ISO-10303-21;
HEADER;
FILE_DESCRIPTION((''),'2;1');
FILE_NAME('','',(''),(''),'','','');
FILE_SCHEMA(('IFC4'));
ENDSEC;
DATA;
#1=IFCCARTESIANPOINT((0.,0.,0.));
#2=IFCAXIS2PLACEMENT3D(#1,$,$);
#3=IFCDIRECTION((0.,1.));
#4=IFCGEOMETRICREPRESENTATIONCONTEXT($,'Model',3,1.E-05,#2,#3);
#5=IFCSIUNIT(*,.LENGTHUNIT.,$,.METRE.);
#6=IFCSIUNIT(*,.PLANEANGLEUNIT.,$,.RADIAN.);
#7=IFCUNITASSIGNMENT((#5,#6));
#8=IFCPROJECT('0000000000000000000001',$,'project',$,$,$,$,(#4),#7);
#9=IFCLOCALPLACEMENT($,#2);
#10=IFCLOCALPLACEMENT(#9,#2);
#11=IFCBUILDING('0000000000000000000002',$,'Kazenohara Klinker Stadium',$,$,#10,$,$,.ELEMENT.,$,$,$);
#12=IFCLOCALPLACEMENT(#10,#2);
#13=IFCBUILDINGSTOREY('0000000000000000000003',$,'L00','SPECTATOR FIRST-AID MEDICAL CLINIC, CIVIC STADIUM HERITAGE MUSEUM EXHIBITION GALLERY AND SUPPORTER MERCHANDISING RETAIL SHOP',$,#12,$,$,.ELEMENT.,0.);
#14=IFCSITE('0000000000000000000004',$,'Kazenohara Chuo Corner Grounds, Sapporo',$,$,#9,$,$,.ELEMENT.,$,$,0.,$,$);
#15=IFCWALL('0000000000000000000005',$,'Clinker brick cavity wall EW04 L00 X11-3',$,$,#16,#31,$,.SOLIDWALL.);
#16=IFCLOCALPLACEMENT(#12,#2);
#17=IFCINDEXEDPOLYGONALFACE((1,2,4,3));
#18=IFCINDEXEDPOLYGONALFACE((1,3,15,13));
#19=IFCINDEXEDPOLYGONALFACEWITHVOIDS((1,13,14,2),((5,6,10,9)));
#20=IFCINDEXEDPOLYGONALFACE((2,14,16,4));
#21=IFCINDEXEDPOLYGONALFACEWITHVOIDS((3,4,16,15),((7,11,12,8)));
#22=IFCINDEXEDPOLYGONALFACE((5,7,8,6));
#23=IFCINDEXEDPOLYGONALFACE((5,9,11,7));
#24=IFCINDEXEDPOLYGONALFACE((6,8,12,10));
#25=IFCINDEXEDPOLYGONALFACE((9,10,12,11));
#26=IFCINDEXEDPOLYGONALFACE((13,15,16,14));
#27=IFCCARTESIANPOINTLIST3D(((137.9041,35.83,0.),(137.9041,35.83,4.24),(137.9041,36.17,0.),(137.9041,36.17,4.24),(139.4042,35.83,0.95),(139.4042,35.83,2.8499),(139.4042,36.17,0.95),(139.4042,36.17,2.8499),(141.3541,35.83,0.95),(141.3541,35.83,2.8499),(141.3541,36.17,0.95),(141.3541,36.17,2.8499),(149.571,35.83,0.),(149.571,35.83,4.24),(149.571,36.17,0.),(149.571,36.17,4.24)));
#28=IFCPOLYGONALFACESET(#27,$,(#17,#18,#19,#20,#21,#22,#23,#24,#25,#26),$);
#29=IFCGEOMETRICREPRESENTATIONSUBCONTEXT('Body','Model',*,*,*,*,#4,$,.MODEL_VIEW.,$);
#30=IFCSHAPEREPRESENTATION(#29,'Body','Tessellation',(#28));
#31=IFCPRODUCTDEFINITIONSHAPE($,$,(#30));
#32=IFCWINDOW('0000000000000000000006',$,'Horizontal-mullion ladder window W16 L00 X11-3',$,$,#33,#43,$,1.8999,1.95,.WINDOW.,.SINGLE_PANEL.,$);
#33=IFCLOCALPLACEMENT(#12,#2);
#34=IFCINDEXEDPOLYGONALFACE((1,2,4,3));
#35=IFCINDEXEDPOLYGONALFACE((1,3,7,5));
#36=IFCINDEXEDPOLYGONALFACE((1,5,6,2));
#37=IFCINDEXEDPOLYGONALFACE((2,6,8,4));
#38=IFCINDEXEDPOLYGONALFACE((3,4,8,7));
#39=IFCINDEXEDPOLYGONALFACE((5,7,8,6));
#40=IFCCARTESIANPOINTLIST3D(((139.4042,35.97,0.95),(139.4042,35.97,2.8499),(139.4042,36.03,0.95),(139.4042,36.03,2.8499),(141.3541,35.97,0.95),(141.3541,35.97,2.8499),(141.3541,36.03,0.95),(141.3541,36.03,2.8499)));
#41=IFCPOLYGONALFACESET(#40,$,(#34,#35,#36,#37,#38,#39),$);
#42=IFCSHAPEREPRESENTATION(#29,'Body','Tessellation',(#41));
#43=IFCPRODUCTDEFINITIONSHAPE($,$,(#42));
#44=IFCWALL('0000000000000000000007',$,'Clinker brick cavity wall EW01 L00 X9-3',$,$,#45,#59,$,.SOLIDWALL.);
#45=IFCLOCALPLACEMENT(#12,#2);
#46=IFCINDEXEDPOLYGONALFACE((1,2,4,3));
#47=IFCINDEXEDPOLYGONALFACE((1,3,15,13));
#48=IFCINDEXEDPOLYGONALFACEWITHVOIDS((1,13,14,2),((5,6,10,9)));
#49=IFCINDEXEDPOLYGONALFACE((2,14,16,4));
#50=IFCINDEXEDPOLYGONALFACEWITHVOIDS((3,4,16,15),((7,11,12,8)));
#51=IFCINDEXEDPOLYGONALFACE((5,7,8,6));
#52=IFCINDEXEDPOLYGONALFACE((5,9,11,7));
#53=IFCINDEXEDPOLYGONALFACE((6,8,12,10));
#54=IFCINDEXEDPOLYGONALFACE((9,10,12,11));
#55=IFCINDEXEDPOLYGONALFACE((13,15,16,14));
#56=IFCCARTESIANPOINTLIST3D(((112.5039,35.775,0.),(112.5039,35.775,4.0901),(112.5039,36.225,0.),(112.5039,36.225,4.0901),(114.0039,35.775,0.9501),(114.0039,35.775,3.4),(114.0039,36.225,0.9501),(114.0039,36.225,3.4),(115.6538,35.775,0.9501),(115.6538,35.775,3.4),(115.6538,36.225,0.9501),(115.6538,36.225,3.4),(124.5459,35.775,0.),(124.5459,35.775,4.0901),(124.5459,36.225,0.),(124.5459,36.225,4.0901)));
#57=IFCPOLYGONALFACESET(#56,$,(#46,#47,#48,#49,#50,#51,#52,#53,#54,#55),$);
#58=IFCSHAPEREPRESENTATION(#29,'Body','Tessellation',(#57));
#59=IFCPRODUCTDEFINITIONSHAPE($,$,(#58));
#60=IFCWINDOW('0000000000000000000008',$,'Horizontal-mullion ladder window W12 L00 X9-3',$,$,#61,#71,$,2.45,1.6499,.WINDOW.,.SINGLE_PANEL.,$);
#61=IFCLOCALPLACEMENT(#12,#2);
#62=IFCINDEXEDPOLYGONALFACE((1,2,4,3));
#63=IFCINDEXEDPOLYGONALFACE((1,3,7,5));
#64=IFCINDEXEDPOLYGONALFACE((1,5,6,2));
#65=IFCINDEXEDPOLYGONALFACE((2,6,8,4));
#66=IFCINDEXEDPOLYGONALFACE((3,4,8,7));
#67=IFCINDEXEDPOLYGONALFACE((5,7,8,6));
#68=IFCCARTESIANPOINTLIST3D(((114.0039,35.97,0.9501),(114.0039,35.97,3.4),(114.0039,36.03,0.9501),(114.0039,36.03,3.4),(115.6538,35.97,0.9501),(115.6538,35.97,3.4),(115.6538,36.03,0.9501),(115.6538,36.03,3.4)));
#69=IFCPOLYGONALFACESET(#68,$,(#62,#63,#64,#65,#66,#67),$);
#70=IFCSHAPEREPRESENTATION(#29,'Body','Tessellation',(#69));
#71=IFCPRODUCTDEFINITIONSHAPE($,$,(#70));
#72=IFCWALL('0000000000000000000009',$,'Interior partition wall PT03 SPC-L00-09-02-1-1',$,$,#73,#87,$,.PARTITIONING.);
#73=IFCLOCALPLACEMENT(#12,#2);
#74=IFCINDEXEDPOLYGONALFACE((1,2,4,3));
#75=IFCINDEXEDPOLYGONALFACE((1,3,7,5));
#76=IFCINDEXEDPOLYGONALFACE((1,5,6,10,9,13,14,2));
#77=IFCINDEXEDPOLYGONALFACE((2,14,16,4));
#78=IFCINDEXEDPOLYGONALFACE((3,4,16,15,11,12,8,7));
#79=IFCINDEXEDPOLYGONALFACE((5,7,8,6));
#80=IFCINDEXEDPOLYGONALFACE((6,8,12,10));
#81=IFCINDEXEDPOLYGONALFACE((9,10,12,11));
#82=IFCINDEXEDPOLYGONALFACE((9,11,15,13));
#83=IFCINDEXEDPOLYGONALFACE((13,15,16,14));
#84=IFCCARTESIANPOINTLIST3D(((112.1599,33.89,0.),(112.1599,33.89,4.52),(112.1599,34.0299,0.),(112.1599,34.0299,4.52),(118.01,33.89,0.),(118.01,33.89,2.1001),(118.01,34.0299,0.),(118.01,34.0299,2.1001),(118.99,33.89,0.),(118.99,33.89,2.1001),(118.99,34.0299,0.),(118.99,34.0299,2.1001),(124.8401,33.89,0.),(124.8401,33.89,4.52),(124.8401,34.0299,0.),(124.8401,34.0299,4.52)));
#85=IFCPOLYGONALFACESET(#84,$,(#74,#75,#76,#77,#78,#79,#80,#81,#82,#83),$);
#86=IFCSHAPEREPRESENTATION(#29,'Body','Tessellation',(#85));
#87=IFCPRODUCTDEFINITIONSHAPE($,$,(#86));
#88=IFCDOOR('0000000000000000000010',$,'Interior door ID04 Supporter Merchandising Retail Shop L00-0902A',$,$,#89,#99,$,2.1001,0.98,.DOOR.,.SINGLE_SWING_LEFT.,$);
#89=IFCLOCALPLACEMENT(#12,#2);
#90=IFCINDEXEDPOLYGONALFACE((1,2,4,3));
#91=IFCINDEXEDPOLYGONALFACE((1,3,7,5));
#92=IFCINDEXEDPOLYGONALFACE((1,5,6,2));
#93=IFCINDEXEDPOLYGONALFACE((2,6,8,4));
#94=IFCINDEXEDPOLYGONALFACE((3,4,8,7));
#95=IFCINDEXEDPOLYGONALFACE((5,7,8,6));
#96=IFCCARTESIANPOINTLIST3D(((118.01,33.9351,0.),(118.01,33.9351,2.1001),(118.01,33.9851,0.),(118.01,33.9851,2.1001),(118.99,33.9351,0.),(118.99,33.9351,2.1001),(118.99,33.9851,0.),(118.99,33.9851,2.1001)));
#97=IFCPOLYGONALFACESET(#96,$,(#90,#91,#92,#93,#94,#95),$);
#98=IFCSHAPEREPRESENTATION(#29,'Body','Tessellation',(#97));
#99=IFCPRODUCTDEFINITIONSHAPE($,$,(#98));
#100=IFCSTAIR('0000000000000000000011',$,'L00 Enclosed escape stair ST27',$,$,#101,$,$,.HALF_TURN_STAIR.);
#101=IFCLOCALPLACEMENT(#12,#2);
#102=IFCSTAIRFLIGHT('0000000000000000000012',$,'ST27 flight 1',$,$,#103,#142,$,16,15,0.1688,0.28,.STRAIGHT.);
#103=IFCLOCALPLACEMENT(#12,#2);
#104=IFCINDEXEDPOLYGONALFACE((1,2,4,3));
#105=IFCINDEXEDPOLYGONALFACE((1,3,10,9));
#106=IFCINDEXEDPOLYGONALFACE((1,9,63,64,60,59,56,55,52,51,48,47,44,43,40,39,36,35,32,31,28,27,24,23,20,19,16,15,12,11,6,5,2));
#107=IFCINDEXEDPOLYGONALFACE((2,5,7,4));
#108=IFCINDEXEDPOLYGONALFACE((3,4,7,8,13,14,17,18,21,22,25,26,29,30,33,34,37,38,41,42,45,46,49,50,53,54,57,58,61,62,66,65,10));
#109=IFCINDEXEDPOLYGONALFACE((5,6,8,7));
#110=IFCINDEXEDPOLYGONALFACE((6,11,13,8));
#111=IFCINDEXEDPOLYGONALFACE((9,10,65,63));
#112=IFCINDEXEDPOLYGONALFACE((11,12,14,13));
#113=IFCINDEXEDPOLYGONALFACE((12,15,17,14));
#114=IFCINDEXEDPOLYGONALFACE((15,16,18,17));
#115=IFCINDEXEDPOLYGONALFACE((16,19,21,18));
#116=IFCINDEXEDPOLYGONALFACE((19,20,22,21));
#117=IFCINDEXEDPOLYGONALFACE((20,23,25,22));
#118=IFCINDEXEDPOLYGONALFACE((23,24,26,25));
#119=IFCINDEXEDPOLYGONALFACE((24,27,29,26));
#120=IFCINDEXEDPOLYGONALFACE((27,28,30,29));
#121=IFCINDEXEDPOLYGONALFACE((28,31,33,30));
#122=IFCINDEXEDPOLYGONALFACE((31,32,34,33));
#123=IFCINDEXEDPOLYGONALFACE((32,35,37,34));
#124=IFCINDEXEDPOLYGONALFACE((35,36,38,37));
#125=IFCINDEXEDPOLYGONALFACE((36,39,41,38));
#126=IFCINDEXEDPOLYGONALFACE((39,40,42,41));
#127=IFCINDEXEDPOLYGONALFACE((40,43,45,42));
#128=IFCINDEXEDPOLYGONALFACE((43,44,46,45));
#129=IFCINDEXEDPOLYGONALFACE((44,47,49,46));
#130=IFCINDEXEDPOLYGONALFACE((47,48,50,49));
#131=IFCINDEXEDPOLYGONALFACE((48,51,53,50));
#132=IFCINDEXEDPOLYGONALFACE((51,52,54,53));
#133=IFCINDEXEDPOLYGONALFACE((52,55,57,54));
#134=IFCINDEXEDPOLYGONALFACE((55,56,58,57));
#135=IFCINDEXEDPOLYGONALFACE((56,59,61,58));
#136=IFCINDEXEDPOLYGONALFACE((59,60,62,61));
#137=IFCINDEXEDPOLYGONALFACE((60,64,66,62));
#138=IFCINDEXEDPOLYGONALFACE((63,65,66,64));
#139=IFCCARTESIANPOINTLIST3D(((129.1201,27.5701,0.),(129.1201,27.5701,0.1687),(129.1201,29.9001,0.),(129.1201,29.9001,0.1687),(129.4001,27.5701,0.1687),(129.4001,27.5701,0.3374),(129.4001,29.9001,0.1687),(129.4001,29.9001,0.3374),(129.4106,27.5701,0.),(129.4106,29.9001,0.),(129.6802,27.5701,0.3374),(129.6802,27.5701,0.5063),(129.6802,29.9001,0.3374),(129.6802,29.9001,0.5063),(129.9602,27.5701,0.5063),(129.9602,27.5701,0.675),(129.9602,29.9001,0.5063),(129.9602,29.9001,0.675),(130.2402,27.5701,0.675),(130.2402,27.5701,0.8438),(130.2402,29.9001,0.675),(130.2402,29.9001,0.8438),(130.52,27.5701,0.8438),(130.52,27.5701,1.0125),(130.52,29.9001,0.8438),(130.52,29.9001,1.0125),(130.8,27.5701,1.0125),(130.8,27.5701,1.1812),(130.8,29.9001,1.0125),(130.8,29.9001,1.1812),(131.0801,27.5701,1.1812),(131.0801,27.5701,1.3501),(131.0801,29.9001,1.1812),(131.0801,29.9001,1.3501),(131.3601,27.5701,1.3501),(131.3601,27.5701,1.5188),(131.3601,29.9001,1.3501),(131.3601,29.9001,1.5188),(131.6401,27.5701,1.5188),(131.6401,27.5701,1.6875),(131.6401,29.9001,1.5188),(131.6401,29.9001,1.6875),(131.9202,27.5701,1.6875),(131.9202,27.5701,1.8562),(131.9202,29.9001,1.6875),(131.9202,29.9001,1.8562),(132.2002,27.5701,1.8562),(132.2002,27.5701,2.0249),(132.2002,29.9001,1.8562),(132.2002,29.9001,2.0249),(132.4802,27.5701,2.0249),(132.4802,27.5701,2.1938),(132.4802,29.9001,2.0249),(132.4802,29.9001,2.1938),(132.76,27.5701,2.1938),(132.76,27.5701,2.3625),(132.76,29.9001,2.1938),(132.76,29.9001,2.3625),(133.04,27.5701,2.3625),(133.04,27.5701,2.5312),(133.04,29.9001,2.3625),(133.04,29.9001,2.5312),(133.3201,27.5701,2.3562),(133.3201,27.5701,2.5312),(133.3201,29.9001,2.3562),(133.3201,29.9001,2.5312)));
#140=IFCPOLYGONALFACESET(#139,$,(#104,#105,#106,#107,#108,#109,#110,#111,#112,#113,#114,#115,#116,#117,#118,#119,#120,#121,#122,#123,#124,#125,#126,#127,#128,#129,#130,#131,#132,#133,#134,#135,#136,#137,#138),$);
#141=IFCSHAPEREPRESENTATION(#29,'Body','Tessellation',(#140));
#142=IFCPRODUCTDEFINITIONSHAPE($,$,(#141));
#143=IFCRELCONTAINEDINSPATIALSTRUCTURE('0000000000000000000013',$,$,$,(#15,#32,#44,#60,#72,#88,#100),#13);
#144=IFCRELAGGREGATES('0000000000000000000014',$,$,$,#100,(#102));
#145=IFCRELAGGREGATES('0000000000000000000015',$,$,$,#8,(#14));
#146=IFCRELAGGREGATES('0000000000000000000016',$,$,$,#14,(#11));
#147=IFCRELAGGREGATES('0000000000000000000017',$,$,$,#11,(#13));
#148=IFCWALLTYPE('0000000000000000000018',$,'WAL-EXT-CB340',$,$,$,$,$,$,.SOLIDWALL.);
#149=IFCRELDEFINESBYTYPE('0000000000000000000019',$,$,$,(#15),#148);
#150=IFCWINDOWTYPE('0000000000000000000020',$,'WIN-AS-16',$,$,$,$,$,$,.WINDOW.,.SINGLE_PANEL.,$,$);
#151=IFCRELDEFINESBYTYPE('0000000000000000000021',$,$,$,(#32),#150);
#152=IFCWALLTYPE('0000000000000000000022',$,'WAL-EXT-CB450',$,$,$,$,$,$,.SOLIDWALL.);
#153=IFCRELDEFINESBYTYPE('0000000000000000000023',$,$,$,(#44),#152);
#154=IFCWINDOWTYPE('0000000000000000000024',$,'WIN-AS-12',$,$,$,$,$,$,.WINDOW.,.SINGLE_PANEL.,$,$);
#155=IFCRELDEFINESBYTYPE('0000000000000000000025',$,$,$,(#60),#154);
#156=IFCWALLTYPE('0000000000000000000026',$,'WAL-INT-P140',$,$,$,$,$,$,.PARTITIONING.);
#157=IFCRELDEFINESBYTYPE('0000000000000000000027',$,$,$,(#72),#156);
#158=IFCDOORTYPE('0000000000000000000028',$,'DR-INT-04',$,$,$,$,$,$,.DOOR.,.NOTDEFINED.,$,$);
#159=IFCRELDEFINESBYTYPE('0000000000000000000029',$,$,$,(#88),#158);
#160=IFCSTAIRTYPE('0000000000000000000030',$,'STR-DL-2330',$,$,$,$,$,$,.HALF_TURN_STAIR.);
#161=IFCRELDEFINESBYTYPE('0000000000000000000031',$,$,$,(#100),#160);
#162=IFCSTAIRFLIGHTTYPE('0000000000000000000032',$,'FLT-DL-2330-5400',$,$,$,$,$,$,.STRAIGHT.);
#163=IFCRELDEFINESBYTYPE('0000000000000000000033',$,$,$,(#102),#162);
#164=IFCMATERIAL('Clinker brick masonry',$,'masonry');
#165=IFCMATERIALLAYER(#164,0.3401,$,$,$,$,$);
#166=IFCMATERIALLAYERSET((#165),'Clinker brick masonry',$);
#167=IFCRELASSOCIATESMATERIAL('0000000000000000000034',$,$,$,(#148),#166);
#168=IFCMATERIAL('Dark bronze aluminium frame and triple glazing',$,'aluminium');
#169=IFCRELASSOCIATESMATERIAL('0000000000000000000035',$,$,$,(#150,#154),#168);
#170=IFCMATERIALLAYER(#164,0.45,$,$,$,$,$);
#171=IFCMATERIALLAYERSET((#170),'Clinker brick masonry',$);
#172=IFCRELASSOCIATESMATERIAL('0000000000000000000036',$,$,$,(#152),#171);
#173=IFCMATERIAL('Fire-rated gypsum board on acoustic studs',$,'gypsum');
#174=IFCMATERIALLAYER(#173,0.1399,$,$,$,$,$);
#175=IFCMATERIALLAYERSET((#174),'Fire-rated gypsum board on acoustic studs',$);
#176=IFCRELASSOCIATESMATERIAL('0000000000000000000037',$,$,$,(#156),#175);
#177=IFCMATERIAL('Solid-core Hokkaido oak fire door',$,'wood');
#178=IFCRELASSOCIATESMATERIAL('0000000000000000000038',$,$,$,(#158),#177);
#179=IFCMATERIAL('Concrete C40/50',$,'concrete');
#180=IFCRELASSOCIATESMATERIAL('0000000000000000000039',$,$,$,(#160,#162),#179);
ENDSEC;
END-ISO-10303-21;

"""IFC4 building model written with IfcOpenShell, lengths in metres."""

from ifc_helpers import new_model, si_unit, direction, frame, frame_2d, origin, place, context, subcontext, project, spatial, polyline, rectangle, outline, extrude, material, layer, layer_set, type_object, element, fill, aggregate, save


model = new_model("IFC4")

# Units and contexts
model_context = context("Model", 3, precision=1e-05, world=origin(), true_north=direction((0.0, 1.0)))
body_context = subcontext(model_context, "Body", "Model", "MODEL_VIEW")
ifc_project = project(units=[si_unit("LENGTHUNIT", "METRE"), si_unit("PLANEANGLEUNIT", "RADIAN")], contexts=[model_context])

# Site, building, storey
site_placement = place(None, origin())
site = spatial("IfcSite", under=ifc_project, at=site_placement, Name="Kazenohara Chuo Corner Grounds, Sapporo", CompositionType="ELEMENT", RefElevation=0.0)
building_placement = place(site_placement, origin())
building = spatial("IfcBuilding", under=site, at=building_placement, Name="Kazenohara Klinker Stadium", CompositionType="ELEMENT")
storey_placement = place(building_placement, origin())
storey = spatial("IfcBuildingStorey", under=building, at=storey_placement, Name="L00", Description="SPECTATOR FIRST-AID MEDICAL CLINIC, CIVIC STADIUM HERITAGE MUSEUM EXHIBITION GALLERY AND SUPPORTER MERCHANDISING RETAIL SHOP", CompositionType="ELEMENT", Elevation=0.0)

# Shared definitions
ifc_material_1 = material(Name="Concrete C40/50", Category="concrete")

# Walls, openings, windows
ifc_material_2 = material(Name="Clinker brick masonry", Category="masonry")
ifc_material_3 = material(Name="Dark bronze aluminium frame and triple glazing", Category="aluminium")
ifc_layer_1 = layer(ifc_material_2, 0.3401)
ifc_layer_set_1 = layer_set([ifc_layer_1], Name="Clinker brick masonry")
wall_type_1 = type_object("IfcWallType", Name="WAL-EXT-CB340", PredefinedType="SOLIDWALL", material=ifc_layer_set_1)
wall_1_placement = place(storey_placement, frame((137.9041, 36.0, 0.0), z_axis=(0.0, 0.0, 1.0), x_axis=(1.0, 0.0, 0.0)))
wall_1 = element("IfcWall", 1, at=wall_1_placement, inside=storey, type_object=wall_type_1, Name="Clinker brick cavity wall EW04 L00 X11-3", PredefinedType="SOLIDWALL", context=body_context, shape_type="SweptSolid", body=[
    extrude(rectangle(XDim=11.667, YDim=0.3401, at=frame_2d((5.8335, 0.0))), origin(), (0.0, 0.0, 1.0), 4.24),
])
opening_1_placement = place(wall_1_placement, frame((1.5, 0.0, 0.95)))
opening_1 = element("IfcOpeningElement", 2, at=opening_1_placement, cuts=wall_1, PredefinedType="OPENING", context=body_context, shape_type="SweptSolid", body=[
    extrude(rectangle(XDim=1.95, YDim=1.8999, at=frame_2d((0.9751, 0.95))), frame((0.0, 0.1802, 0.0), z_axis=(0.0, -1.0, 0.0), x_axis=(1.0, 0.0, 0.0)), (0.0, 0.0, 1.0), 0.3601),
])
window_type_1 = type_object("IfcWindowType", Name="WIN-AS-16", PartitioningType="SINGLE_PANEL", PredefinedType="WINDOW", material=ifc_material_3)
window_1_placement = place(opening_1_placement, origin())
window_1 = element("IfcWindow", 3, at=window_1_placement, inside=storey, type_object=window_type_1, Name="Horizontal-mullion ladder window W16 L00 X11-3", OverallHeight=1.8999, OverallWidth=1.95, PartitioningType="SINGLE_PANEL", PredefinedType="WINDOW", context=body_context, shape_type="SweptSolid", body=[
    extrude(rectangle(XDim=1.95, YDim=1.8999, at=frame_2d((0.9751, 0.95))), frame((0.0, 0.03, 0.0), z_axis=(0.0, -1.0, 0.0), x_axis=(1.0, 0.0, 0.0)), (0.0, 0.0, 1.0), 0.0601),
])
fill(opening_1, window_1)
ifc_layer_2 = layer(ifc_material_2, 0.45)
ifc_layer_set_2 = layer_set([ifc_layer_2], Name="Clinker brick masonry")
wall_type_2 = type_object("IfcWallType", Name="WAL-EXT-CB450", PredefinedType="SOLIDWALL", material=ifc_layer_set_2)
wall_2_placement = place(storey_placement, frame((112.5039, 36.0, 0.0), z_axis=(0.0, 0.0, 1.0), x_axis=(1.0, 0.0, 0.0)))
wall_2 = element("IfcWall", 4, at=wall_2_placement, inside=storey, type_object=wall_type_2, Name="Clinker brick cavity wall EW01 L00 X9-3", PredefinedType="SOLIDWALL", context=body_context, shape_type="SweptSolid", body=[
    extrude(rectangle(XDim=12.042, YDim=0.45, at=frame_2d((6.021, 0.0))), origin(), (0.0, 0.0, 1.0), 4.0901),
])
opening_2_placement = place(wall_2_placement, frame((1.5, 0.0, 0.95)))
opening_2 = element("IfcOpeningElement", 5, at=opening_2_placement, cuts=wall_2, PredefinedType="OPENING", context=body_context, shape_type="SweptSolid", body=[
    extrude(rectangle(XDim=1.6499, YDim=2.45, at=frame_2d((0.825, 1.2251))), frame((0.0, 0.2349, 0.0), z_axis=(0.0, -1.0, 0.0), x_axis=(1.0, 0.0, 0.0)), (0.0, 0.0, 1.0), 0.47),
])
window_type_2 = type_object("IfcWindowType", Name="WIN-AS-12", PartitioningType="SINGLE_PANEL", PredefinedType="WINDOW", material=ifc_material_3)
window_2_placement = place(opening_2_placement, origin())
window_2 = element("IfcWindow", 6, at=window_2_placement, inside=storey, type_object=window_type_2, Name="Horizontal-mullion ladder window W12 L00 X9-3", OverallHeight=2.45, OverallWidth=1.6499, PartitioningType="SINGLE_PANEL", PredefinedType="WINDOW", context=body_context, shape_type="SweptSolid", body=[
    extrude(rectangle(XDim=1.6499, YDim=2.45, at=frame_2d((0.825, 1.2251))), frame((0.0, 0.03, 0.0), z_axis=(0.0, -1.0, 0.0), x_axis=(1.0, 0.0, 0.0)), (0.0, 0.0, 1.0), 0.0601),
])
fill(opening_2, window_2)

# Wall, opening, door
ifc_material_4 = material(Name="Fire-rated gypsum board on acoustic studs", Category="gypsum")
ifc_layer_3 = layer(ifc_material_4, 0.1399)
ifc_layer_set_3 = layer_set([ifc_layer_3], Name="Fire-rated gypsum board on acoustic studs")
wall_type_3 = type_object("IfcWallType", Name="WAL-INT-P140", PredefinedType="PARTITIONING", material=ifc_layer_set_3)
wall_3_placement = place(storey_placement, frame((112.1599, 33.96, 0.0), z_axis=(0.0, 0.0, 1.0), x_axis=(1.0, 0.0, 0.0)))
wall_3 = element("IfcWall", 7, at=wall_3_placement, inside=storey, type_object=wall_type_3, Name="Interior partition wall PT03 SPC-L00-09-02-1-1", PredefinedType="PARTITIONING", context=body_context, shape_type="SweptSolid", body=[
    extrude(rectangle(XDim=12.6802, YDim=0.1399, at=frame_2d((6.3401, 0.0))), origin(), (0.0, 0.0, 1.0), 4.52),
])
opening_3_placement = place(wall_3_placement, frame((6.8301, 0.0, 0.0), z_axis=(0.0, 0.0, 1.0), x_axis=(-1.0, 0.0, 0.0)))
opening_3 = element("IfcOpeningElement", 8, at=opening_3_placement, cuts=wall_3, PredefinedType="OPENING", context=body_context, shape_type="SweptSolid", body=[
    extrude(rectangle(XDim=0.98, YDim=2.1001, at=frame_2d((0.49, 1.05))), frame((0.0, 0.0801, 0.0), z_axis=(0.0, -1.0, 0.0), x_axis=(1.0, 0.0, 0.0)), (0.0, 0.0, 1.0), 0.1599),
])
ifc_material_5 = material(Name="Solid-core Hokkaido oak fire door", Category="wood")
door_type_1 = type_object("IfcDoorType", Name="DR-INT-04", OperationType="NOTDEFINED", PredefinedType="DOOR", material=ifc_material_5)
door_1_placement = place(opening_3_placement, origin())
door_1 = element("IfcDoor", 9, at=door_1_placement, inside=storey, type_object=door_type_1, Name="Interior door ID04 Supporter Merchandising Retail Shop L00-0902A", OperationType="SINGLE_SWING_LEFT", OverallHeight=2.1001, OverallWidth=0.98, PredefinedType="DOOR", context=body_context, shape_type="SweptSolid", body=[
    extrude(rectangle(XDim=0.98, YDim=2.1001, at=frame_2d((0.49, 1.05))), frame((0.0, 0.0249, 0.0), z_axis=(0.0, -1.0, 0.0), x_axis=(1.0, 0.0, 0.0)), (0.0, 0.0, 1.0), 0.05),
])
fill(opening_3, door_1)

# Stair, stair flight
stair_type = type_object("IfcStairType", Name="STR-DL-2330", PredefinedType="HALF_TURN_STAIR", material=ifc_material_1)
stair_placement = place(storey_placement, origin())
stair = element("IfcStair", 10, at=stair_placement, inside=storey, type_object=stair_type, Name="L00 Enclosed escape stair ST27", PredefinedType="HALF_TURN_STAIR")
stair_flight_type = type_object("IfcStairFlightType", Name="FLT-DL-2330-5400", PredefinedType="STRAIGHT", material=ifc_material_1)
stair_flight_1_placement = place(storey_placement, frame((129.1201, 28.7351, 0.0), z_axis=(0.0, 0.0, 1.0), x_axis=(1.0, 0.0, 0.0)))
stair_flight_1 = element("IfcStairFlight", 11, at=stair_flight_1_placement, type_object=stair_flight_type, Name="ST27 flight 1", NumberOfRisers=16, NumberOfTreads=15, PredefinedType="STRAIGHT", RiserHeight=0.1688, TreadLength=0.28, context=body_context, shape_type="SweptSolid", body=[
    extrude(outline(polyline([(0.0, 0.0), (0.0, 0.1687), (0.28, 0.1687), (0.28, 0.3374), (0.5601, 0.3374), (0.5601, 0.5063), (0.8401, 0.5063), (0.8401, 0.675), (1.1201, 0.675), (1.1201, 0.8438), (1.3999, 0.8438), (1.3999, 1.0125), (1.6799, 1.0125), (1.6799, 1.1812), (1.96, 1.1812), (1.96, 1.3501), (2.24, 1.3501), (2.24, 1.5188), (2.52, 1.5188), (2.52, 1.6875), (2.8, 1.6875), (2.8, 1.8562), (3.0801, 1.8562), (3.0801, 2.0249), (3.3601, 2.0249), (3.3601, 2.1938), (3.6399, 2.1938), (3.6399, 2.3625), (3.9199, 2.3625), (3.9199, 2.5312), (4.2, 2.5312), (4.2, 2.7), (4.2, 2.3562), (0.2905, 0.0), (0.0, 0.0)])), frame((0.0, 1.165, 0.0), z_axis=(0.0, -1.0, 0.0), x_axis=(1.0, 0.0, 0.0)), (0.0, 0.0, 1.0), 2.3301),
])
aggregate(stair, [stair_flight_1])

save(model, "model.ifc")
